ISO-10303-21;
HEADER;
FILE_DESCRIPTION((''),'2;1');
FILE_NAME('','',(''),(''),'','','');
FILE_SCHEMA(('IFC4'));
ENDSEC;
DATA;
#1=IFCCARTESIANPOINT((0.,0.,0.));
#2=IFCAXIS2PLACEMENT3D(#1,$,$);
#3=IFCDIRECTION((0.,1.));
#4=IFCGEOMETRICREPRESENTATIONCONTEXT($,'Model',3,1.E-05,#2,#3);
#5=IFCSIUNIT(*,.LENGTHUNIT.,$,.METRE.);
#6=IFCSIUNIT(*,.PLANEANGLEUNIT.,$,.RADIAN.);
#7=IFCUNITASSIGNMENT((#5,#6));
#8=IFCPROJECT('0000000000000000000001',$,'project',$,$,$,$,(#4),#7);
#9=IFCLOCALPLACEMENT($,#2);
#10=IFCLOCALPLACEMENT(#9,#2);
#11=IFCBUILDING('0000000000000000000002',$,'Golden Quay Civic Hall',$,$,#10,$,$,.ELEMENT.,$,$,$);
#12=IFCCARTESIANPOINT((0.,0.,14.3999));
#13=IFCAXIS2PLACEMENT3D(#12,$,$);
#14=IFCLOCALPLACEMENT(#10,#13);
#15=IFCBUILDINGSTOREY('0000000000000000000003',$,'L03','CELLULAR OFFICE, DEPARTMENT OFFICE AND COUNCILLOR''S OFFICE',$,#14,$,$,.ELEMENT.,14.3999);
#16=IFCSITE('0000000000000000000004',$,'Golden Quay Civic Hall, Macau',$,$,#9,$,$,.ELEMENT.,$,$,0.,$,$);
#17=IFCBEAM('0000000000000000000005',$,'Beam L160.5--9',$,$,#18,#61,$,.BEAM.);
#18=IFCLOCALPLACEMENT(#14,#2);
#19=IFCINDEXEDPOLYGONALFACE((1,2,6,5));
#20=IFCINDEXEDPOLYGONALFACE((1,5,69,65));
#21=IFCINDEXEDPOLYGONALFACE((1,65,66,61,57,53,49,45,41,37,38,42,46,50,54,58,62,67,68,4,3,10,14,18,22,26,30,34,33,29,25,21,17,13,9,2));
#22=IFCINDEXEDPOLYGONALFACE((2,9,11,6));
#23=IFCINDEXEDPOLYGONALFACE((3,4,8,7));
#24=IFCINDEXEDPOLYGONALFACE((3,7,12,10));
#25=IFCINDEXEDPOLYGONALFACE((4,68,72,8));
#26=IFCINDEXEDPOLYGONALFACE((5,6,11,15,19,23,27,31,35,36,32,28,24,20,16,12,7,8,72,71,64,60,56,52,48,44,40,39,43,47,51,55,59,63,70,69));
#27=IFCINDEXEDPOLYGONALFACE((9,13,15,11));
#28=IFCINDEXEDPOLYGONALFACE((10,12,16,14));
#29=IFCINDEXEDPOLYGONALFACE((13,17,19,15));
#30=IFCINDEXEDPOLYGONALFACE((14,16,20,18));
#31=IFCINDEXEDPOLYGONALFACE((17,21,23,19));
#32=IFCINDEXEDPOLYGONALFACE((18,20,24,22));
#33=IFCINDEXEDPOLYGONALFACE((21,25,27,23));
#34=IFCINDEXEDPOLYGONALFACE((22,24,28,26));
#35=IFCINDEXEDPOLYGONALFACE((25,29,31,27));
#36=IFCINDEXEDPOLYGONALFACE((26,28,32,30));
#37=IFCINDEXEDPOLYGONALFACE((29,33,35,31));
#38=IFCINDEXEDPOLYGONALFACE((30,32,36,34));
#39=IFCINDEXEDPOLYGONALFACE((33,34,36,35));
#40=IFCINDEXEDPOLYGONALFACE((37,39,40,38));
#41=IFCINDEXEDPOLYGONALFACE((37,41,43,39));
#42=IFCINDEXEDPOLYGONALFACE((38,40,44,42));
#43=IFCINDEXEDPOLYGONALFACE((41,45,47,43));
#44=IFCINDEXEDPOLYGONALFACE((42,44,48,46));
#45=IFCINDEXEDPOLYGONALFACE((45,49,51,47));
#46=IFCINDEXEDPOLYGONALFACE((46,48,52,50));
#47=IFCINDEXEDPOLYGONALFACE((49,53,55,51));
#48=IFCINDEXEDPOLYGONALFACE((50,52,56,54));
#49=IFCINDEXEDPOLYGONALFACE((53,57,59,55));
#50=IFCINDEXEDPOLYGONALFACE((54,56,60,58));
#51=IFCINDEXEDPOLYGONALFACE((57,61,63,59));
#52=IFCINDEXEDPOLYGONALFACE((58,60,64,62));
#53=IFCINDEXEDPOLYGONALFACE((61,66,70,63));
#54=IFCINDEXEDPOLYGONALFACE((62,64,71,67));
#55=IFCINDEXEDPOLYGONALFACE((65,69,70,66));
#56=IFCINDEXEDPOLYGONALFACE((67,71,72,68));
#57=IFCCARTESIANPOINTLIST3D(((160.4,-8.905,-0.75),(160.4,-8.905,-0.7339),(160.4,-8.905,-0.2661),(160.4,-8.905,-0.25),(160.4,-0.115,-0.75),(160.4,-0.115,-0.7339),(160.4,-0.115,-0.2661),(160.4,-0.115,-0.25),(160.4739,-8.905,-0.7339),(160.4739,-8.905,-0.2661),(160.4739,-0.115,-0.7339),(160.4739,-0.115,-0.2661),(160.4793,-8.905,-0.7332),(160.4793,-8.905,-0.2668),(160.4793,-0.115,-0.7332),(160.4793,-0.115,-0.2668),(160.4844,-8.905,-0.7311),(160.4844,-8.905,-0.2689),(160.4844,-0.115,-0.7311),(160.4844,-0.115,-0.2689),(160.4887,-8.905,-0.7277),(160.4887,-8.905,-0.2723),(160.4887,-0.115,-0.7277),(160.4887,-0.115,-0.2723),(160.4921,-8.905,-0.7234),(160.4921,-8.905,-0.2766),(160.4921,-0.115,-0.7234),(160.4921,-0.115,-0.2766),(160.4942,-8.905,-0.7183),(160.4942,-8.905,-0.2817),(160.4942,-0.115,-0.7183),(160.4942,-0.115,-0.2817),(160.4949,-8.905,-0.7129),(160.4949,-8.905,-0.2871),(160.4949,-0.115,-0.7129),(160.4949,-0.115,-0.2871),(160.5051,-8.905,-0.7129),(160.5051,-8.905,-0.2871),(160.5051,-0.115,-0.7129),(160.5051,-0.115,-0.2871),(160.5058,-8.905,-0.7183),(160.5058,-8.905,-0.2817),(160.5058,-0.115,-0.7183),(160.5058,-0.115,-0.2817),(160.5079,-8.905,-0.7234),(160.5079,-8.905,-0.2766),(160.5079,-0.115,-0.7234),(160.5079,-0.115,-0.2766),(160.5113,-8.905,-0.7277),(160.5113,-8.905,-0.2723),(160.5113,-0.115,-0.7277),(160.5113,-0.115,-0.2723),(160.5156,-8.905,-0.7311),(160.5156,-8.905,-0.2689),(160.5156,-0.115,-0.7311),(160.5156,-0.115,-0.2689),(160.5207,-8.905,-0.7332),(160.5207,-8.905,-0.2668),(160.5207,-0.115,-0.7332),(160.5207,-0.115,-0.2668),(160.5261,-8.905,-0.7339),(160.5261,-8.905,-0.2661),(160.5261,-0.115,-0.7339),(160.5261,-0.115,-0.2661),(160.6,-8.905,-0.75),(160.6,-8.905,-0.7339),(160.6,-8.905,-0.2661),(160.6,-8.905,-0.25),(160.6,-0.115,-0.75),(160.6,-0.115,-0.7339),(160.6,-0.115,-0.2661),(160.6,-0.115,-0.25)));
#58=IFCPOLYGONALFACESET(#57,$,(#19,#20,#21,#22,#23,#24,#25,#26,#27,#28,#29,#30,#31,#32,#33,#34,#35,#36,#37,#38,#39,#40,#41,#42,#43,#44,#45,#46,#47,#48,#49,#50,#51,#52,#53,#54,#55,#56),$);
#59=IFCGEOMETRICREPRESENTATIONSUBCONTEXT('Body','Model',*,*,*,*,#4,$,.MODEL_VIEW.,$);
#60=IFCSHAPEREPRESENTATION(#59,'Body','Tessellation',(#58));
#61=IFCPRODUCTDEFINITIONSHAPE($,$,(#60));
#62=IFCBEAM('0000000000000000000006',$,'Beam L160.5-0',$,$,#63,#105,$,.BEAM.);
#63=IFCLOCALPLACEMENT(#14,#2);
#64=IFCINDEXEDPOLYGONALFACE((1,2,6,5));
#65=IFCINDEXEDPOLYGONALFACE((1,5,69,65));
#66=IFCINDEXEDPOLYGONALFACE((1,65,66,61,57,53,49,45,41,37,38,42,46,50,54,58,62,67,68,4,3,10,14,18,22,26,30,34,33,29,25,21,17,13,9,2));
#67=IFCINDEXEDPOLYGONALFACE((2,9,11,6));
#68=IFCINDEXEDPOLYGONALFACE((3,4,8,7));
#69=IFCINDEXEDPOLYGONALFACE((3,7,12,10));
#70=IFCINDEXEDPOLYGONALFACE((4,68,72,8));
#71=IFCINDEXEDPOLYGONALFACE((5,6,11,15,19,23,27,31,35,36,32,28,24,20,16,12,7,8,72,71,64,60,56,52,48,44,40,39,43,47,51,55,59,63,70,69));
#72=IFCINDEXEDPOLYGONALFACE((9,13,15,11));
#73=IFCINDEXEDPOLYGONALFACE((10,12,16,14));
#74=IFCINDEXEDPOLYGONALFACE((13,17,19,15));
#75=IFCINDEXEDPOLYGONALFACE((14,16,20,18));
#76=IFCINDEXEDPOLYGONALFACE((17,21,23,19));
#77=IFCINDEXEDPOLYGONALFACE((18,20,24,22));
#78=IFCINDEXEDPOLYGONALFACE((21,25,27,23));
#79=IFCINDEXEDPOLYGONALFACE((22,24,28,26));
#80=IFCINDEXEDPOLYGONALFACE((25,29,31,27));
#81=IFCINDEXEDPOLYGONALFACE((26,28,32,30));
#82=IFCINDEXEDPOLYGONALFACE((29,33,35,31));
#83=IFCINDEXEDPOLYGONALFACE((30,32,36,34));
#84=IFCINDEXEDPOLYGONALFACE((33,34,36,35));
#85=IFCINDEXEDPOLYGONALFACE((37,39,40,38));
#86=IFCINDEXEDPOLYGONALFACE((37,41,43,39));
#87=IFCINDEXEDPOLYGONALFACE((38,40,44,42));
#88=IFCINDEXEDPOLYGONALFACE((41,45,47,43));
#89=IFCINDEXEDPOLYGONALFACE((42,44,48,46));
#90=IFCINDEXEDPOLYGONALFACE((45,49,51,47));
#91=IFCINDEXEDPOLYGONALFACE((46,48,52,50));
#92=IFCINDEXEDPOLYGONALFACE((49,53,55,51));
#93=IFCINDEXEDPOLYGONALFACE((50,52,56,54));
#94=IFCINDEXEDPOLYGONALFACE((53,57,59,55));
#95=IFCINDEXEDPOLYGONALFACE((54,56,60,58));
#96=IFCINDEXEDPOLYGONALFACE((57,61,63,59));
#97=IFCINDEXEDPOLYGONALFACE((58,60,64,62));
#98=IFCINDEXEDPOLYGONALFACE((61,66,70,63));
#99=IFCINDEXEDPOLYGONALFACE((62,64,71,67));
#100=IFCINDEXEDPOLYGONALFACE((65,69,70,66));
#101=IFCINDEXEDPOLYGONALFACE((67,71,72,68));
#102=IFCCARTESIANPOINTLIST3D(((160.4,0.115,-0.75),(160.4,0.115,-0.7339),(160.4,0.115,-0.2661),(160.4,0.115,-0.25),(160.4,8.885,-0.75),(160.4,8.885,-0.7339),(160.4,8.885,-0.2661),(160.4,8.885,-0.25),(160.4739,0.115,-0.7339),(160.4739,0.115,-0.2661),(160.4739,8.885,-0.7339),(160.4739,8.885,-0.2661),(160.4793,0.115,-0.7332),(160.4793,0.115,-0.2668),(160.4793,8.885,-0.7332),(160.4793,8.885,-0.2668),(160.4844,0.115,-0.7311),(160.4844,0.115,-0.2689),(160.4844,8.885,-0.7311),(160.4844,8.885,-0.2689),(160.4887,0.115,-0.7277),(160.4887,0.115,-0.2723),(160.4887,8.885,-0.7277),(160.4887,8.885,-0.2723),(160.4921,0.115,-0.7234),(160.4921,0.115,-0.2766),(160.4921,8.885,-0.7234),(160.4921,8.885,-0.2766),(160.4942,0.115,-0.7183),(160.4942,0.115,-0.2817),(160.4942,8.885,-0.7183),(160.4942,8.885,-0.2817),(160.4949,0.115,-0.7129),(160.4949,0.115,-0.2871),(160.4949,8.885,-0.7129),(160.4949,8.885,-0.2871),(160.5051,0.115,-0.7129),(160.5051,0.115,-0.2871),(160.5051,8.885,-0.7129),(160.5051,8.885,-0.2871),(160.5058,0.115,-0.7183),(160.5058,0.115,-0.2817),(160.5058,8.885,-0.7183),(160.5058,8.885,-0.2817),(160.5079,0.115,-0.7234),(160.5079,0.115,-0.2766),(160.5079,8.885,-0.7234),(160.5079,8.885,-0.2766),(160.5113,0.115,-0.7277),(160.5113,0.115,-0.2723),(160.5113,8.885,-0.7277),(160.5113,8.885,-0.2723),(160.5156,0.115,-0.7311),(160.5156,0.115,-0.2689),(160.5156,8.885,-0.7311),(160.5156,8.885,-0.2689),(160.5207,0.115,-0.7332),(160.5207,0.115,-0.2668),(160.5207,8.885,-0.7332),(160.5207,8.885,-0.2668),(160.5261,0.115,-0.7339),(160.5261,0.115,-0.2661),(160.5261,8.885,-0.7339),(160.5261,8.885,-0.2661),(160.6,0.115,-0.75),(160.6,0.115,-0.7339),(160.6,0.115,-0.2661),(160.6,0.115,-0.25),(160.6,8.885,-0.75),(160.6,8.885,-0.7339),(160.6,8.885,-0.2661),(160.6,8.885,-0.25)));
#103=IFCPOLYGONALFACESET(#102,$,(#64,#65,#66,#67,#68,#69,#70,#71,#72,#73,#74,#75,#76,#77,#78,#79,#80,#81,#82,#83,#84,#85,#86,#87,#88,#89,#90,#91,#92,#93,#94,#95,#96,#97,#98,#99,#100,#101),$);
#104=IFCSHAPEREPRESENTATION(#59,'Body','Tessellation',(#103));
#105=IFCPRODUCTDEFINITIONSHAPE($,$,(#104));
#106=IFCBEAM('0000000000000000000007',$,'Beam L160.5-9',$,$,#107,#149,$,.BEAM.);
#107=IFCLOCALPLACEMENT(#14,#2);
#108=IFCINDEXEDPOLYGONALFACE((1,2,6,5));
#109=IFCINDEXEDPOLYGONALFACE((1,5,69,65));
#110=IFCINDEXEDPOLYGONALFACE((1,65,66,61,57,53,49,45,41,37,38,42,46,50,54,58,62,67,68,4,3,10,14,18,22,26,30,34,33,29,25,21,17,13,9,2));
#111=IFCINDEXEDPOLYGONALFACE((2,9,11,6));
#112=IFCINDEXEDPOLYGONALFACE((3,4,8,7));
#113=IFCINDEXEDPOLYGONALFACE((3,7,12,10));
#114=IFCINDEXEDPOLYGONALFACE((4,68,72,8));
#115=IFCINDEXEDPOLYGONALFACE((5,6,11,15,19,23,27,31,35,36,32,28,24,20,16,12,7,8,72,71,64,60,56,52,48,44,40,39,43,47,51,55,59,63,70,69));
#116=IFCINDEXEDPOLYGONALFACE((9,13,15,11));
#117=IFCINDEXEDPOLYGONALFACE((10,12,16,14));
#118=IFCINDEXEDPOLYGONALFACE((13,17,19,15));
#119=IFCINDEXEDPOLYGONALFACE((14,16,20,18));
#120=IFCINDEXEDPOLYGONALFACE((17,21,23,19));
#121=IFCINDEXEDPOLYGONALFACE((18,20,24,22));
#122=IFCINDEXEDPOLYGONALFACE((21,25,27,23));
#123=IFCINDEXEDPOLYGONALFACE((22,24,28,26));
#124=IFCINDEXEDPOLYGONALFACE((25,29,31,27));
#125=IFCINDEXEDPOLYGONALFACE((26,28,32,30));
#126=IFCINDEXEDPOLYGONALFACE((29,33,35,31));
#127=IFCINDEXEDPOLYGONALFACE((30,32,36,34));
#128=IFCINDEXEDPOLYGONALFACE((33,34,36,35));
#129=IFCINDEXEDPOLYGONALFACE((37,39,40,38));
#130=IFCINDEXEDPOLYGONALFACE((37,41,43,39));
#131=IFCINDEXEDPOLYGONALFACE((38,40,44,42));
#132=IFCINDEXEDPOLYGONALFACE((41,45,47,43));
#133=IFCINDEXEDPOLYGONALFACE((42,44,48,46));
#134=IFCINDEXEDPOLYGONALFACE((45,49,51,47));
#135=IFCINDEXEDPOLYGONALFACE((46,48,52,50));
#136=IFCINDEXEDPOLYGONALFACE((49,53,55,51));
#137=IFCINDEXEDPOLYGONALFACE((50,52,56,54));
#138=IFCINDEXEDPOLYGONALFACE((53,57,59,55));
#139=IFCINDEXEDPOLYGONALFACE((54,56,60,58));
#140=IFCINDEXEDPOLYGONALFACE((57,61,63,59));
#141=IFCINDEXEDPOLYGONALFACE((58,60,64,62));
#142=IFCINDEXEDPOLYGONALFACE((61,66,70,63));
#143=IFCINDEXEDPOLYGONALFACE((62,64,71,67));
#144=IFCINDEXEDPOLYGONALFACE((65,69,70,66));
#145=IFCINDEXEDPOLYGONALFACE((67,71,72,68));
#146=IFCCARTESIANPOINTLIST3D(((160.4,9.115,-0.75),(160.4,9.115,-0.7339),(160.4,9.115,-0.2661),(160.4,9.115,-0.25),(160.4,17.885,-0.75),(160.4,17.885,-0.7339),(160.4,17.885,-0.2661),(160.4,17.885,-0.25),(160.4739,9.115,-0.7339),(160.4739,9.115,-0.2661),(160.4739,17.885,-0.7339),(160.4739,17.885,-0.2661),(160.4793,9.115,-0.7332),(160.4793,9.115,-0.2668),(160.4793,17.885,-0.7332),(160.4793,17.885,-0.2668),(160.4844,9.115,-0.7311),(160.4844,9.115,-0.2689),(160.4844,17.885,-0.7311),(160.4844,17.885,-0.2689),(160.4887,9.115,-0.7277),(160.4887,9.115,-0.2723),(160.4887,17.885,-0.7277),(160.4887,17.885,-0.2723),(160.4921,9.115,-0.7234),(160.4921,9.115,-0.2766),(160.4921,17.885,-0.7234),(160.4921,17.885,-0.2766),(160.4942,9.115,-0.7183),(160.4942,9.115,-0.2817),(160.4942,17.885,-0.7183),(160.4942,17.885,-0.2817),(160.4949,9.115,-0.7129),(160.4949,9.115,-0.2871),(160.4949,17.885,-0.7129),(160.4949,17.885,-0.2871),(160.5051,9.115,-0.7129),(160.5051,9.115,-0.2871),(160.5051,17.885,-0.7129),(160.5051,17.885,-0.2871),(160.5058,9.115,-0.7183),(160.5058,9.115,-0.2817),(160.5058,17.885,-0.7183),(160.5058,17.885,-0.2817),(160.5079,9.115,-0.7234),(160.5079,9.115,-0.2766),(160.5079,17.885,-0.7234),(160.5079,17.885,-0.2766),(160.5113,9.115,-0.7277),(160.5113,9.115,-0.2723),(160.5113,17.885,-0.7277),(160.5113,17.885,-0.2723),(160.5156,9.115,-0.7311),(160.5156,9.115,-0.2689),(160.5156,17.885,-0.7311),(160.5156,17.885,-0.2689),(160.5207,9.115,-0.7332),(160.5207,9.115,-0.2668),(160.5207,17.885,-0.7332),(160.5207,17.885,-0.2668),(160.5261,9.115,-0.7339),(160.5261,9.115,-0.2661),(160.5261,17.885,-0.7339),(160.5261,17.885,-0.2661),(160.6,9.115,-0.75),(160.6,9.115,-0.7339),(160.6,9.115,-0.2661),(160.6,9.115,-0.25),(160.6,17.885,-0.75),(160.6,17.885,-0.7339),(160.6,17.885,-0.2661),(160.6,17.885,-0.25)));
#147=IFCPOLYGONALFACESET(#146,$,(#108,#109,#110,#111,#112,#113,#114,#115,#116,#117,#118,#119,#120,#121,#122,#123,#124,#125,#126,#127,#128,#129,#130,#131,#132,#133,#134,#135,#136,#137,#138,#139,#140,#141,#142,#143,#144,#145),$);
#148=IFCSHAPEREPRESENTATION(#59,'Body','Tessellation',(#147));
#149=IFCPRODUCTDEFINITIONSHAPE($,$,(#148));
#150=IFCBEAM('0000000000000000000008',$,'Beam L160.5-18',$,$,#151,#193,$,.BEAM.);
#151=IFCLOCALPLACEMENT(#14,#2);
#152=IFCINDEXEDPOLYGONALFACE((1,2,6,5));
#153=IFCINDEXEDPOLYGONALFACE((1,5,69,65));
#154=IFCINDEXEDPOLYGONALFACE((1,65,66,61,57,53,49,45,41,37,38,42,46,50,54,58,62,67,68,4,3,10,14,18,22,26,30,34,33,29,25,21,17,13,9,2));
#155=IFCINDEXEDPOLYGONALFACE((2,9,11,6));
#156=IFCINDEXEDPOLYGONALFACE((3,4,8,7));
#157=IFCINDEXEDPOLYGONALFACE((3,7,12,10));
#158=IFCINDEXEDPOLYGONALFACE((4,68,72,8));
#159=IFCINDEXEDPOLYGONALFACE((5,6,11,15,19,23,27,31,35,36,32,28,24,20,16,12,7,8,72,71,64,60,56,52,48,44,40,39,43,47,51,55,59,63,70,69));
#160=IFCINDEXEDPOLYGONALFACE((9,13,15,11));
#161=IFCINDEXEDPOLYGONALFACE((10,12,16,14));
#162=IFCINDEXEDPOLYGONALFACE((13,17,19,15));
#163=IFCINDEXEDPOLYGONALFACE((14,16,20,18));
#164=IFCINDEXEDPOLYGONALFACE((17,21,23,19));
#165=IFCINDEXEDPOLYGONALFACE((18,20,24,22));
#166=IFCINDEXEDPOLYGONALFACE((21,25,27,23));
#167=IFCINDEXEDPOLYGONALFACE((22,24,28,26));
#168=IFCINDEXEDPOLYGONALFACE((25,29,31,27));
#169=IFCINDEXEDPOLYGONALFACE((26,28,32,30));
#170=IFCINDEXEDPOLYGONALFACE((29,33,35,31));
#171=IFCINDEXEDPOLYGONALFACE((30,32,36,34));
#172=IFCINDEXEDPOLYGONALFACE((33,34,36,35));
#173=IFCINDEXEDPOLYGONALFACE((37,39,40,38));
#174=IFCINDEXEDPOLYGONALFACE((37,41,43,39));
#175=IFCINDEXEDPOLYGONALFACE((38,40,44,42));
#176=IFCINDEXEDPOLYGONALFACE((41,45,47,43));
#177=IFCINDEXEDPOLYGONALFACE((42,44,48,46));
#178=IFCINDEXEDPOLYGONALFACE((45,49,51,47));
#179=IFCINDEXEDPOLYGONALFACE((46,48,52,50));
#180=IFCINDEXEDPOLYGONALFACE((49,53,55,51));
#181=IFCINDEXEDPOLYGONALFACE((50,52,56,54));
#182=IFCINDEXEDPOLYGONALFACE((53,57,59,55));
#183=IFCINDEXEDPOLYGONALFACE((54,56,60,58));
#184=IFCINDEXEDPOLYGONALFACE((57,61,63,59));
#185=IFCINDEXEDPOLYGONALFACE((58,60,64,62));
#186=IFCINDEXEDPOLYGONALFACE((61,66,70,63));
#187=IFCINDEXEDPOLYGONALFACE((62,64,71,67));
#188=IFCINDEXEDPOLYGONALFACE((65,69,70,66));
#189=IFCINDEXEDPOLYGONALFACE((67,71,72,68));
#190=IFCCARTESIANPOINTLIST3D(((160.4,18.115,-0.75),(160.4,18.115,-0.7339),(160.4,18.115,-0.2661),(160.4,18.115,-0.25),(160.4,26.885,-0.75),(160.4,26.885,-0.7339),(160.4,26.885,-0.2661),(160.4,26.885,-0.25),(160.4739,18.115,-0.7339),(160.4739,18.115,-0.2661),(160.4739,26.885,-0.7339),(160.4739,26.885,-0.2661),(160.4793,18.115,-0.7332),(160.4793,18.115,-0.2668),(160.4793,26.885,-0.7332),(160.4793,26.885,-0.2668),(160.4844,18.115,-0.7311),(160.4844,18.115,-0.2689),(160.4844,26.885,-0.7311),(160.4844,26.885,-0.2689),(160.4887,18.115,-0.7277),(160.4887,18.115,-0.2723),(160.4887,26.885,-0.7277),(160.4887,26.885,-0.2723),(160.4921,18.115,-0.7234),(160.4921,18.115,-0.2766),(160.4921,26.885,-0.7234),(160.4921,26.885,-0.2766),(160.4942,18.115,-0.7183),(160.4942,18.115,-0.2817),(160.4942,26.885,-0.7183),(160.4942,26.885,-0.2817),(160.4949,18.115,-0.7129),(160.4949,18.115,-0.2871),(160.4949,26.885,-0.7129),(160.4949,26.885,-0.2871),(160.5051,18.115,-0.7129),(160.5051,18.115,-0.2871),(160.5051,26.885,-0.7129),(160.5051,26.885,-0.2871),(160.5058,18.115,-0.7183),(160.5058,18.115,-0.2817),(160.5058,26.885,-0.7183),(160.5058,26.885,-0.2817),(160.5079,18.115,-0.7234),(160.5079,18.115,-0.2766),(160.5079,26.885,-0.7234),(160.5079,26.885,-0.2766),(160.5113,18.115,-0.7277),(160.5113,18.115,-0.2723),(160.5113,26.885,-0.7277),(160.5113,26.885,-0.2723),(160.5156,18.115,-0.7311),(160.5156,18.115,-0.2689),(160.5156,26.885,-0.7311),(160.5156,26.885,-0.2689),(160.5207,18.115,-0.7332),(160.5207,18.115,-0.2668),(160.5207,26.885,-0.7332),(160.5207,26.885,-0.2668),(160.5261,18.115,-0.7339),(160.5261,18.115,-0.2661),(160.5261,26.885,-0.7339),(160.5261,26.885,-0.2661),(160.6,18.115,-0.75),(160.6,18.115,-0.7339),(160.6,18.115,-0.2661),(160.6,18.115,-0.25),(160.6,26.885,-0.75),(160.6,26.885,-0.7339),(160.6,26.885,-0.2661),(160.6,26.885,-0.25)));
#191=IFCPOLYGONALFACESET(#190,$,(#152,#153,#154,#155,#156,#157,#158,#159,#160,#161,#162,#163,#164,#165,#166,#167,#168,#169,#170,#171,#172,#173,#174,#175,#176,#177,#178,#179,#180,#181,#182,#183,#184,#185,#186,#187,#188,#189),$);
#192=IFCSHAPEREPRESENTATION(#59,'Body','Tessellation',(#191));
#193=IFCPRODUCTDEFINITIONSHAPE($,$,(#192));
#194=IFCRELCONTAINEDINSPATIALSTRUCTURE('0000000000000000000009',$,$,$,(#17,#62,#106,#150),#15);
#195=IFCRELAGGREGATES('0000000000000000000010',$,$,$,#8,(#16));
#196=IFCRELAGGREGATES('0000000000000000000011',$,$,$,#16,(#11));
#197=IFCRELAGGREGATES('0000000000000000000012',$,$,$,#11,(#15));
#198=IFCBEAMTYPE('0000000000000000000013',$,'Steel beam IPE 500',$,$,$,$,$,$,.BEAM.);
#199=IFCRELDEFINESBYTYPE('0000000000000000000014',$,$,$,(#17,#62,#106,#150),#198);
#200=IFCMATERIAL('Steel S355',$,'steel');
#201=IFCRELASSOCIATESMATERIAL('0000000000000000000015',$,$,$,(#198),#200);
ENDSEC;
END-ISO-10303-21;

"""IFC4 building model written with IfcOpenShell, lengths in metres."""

from ifc_helpers import new_model, si_unit, direction, frame, origin, origin_2d, place, context, subcontext, project, spatial, i_section, extrude, material, material_profile, profile_set, type_object, element, save


model = new_model("IFC4")

# Units and contexts
model_context = context("Model", 3, precision=1e-05, world=origin(), true_north=direction((0.0, 1.0)))
body_context = subcontext(model_context, "Body", "Model", "MODEL_VIEW")
ifc_project = project(units=[si_unit("LENGTHUNIT", "METRE"), si_unit("PLANEANGLEUNIT", "RADIAN")], contexts=[model_context])

# Site, building, storey
site_placement = place(None, origin())
site = spatial("IfcSite", under=ifc_project, at=site_placement, Name="Golden Quay Civic Hall, Macau", CompositionType="ELEMENT", RefElevation=0.0)
building_placement = place(site_placement, origin())
building = spatial("IfcBuilding", under=site, at=building_placement, Name="Golden Quay Civic Hall", CompositionType="ELEMENT")
storey_placement = place(building_placement, frame((0.0, 0.0, 14.3999)))
storey = spatial("IfcBuildingStorey", under=building, at=storey_placement, Name="L03", Description="CELLULAR OFFICE, DEPARTMENT OFFICE AND COUNCILLOR'S OFFICE", CompositionType="ELEMENT", Elevation=14.3999)

# Beams
ifc_material_1 = material(Name="Steel S355", Category="steel")
ifc_material_profile_1 = material_profile(ifc_material_1, i_section(OverallWidth=0.2, OverallDepth=0.5, WebThickness=0.0103, FlangeThickness=0.0161, FilletRadius=0.021, at=origin_2d()), Name="IPE 500")
ifc_profile_set_1 = profile_set([ifc_material_profile_1], Name="Steel S355")
beam_type_1 = type_object("IfcBeamType", Name="Steel beam IPE 500", PredefinedType="BEAM", material=ifc_profile_set_1)
beam_1_placement = place(storey_placement, frame((160.5, -8.905, -0.5), z_axis=(0.0, 1.0, 0.0), x_axis=(-1.0, 0.0, 0.0)))
element("IfcBeam", 1, at=beam_1_placement, inside=storey, type_object=beam_type_1, Name="Beam L160.5--9", PredefinedType="BEAM", context=body_context, shape_type="SweptSolid", body=[
    extrude(i_section(OverallWidth=0.2, OverallDepth=0.5, WebThickness=0.0103, FlangeThickness=0.0161, FilletRadius=0.021, at=origin_2d()), origin(), (0.0, 0.0, 1.0), 8.79),
])
for number, where, z_axis, x_axis, name in (
    (2, (160.5, 0.115, -0.5), (0.0, 1.0, 0.0), (-1.0, 0.0, 0.0), "Beam L160.5-0"),
    (3, (160.5, 9.115, -0.5), (0.0, 1.0, 0.0), (-1.0, 0.0, 0.0), "Beam L160.5-9"),
    (4, (160.5, 18.115, -0.5), (0.0, 1.0, 0.0), (-1.0, 0.0, 0.0), "Beam L160.5-18"),
):
    element("IfcBeam", number, at=place(storey_placement, frame(where, z_axis=z_axis, x_axis=x_axis)), inside=storey, type_object=beam_type_1, Name=name, PredefinedType="BEAM", context=body_context, shape_type="SweptSolid", body=[
        extrude(i_section(OverallWidth=0.2, OverallDepth=0.5, WebThickness=0.0103, FlangeThickness=0.0161, FilletRadius=0.021, at=origin_2d()), origin(), (0.0, 0.0, 1.0), 8.77),
    ])

save(model, "model.ifc")
